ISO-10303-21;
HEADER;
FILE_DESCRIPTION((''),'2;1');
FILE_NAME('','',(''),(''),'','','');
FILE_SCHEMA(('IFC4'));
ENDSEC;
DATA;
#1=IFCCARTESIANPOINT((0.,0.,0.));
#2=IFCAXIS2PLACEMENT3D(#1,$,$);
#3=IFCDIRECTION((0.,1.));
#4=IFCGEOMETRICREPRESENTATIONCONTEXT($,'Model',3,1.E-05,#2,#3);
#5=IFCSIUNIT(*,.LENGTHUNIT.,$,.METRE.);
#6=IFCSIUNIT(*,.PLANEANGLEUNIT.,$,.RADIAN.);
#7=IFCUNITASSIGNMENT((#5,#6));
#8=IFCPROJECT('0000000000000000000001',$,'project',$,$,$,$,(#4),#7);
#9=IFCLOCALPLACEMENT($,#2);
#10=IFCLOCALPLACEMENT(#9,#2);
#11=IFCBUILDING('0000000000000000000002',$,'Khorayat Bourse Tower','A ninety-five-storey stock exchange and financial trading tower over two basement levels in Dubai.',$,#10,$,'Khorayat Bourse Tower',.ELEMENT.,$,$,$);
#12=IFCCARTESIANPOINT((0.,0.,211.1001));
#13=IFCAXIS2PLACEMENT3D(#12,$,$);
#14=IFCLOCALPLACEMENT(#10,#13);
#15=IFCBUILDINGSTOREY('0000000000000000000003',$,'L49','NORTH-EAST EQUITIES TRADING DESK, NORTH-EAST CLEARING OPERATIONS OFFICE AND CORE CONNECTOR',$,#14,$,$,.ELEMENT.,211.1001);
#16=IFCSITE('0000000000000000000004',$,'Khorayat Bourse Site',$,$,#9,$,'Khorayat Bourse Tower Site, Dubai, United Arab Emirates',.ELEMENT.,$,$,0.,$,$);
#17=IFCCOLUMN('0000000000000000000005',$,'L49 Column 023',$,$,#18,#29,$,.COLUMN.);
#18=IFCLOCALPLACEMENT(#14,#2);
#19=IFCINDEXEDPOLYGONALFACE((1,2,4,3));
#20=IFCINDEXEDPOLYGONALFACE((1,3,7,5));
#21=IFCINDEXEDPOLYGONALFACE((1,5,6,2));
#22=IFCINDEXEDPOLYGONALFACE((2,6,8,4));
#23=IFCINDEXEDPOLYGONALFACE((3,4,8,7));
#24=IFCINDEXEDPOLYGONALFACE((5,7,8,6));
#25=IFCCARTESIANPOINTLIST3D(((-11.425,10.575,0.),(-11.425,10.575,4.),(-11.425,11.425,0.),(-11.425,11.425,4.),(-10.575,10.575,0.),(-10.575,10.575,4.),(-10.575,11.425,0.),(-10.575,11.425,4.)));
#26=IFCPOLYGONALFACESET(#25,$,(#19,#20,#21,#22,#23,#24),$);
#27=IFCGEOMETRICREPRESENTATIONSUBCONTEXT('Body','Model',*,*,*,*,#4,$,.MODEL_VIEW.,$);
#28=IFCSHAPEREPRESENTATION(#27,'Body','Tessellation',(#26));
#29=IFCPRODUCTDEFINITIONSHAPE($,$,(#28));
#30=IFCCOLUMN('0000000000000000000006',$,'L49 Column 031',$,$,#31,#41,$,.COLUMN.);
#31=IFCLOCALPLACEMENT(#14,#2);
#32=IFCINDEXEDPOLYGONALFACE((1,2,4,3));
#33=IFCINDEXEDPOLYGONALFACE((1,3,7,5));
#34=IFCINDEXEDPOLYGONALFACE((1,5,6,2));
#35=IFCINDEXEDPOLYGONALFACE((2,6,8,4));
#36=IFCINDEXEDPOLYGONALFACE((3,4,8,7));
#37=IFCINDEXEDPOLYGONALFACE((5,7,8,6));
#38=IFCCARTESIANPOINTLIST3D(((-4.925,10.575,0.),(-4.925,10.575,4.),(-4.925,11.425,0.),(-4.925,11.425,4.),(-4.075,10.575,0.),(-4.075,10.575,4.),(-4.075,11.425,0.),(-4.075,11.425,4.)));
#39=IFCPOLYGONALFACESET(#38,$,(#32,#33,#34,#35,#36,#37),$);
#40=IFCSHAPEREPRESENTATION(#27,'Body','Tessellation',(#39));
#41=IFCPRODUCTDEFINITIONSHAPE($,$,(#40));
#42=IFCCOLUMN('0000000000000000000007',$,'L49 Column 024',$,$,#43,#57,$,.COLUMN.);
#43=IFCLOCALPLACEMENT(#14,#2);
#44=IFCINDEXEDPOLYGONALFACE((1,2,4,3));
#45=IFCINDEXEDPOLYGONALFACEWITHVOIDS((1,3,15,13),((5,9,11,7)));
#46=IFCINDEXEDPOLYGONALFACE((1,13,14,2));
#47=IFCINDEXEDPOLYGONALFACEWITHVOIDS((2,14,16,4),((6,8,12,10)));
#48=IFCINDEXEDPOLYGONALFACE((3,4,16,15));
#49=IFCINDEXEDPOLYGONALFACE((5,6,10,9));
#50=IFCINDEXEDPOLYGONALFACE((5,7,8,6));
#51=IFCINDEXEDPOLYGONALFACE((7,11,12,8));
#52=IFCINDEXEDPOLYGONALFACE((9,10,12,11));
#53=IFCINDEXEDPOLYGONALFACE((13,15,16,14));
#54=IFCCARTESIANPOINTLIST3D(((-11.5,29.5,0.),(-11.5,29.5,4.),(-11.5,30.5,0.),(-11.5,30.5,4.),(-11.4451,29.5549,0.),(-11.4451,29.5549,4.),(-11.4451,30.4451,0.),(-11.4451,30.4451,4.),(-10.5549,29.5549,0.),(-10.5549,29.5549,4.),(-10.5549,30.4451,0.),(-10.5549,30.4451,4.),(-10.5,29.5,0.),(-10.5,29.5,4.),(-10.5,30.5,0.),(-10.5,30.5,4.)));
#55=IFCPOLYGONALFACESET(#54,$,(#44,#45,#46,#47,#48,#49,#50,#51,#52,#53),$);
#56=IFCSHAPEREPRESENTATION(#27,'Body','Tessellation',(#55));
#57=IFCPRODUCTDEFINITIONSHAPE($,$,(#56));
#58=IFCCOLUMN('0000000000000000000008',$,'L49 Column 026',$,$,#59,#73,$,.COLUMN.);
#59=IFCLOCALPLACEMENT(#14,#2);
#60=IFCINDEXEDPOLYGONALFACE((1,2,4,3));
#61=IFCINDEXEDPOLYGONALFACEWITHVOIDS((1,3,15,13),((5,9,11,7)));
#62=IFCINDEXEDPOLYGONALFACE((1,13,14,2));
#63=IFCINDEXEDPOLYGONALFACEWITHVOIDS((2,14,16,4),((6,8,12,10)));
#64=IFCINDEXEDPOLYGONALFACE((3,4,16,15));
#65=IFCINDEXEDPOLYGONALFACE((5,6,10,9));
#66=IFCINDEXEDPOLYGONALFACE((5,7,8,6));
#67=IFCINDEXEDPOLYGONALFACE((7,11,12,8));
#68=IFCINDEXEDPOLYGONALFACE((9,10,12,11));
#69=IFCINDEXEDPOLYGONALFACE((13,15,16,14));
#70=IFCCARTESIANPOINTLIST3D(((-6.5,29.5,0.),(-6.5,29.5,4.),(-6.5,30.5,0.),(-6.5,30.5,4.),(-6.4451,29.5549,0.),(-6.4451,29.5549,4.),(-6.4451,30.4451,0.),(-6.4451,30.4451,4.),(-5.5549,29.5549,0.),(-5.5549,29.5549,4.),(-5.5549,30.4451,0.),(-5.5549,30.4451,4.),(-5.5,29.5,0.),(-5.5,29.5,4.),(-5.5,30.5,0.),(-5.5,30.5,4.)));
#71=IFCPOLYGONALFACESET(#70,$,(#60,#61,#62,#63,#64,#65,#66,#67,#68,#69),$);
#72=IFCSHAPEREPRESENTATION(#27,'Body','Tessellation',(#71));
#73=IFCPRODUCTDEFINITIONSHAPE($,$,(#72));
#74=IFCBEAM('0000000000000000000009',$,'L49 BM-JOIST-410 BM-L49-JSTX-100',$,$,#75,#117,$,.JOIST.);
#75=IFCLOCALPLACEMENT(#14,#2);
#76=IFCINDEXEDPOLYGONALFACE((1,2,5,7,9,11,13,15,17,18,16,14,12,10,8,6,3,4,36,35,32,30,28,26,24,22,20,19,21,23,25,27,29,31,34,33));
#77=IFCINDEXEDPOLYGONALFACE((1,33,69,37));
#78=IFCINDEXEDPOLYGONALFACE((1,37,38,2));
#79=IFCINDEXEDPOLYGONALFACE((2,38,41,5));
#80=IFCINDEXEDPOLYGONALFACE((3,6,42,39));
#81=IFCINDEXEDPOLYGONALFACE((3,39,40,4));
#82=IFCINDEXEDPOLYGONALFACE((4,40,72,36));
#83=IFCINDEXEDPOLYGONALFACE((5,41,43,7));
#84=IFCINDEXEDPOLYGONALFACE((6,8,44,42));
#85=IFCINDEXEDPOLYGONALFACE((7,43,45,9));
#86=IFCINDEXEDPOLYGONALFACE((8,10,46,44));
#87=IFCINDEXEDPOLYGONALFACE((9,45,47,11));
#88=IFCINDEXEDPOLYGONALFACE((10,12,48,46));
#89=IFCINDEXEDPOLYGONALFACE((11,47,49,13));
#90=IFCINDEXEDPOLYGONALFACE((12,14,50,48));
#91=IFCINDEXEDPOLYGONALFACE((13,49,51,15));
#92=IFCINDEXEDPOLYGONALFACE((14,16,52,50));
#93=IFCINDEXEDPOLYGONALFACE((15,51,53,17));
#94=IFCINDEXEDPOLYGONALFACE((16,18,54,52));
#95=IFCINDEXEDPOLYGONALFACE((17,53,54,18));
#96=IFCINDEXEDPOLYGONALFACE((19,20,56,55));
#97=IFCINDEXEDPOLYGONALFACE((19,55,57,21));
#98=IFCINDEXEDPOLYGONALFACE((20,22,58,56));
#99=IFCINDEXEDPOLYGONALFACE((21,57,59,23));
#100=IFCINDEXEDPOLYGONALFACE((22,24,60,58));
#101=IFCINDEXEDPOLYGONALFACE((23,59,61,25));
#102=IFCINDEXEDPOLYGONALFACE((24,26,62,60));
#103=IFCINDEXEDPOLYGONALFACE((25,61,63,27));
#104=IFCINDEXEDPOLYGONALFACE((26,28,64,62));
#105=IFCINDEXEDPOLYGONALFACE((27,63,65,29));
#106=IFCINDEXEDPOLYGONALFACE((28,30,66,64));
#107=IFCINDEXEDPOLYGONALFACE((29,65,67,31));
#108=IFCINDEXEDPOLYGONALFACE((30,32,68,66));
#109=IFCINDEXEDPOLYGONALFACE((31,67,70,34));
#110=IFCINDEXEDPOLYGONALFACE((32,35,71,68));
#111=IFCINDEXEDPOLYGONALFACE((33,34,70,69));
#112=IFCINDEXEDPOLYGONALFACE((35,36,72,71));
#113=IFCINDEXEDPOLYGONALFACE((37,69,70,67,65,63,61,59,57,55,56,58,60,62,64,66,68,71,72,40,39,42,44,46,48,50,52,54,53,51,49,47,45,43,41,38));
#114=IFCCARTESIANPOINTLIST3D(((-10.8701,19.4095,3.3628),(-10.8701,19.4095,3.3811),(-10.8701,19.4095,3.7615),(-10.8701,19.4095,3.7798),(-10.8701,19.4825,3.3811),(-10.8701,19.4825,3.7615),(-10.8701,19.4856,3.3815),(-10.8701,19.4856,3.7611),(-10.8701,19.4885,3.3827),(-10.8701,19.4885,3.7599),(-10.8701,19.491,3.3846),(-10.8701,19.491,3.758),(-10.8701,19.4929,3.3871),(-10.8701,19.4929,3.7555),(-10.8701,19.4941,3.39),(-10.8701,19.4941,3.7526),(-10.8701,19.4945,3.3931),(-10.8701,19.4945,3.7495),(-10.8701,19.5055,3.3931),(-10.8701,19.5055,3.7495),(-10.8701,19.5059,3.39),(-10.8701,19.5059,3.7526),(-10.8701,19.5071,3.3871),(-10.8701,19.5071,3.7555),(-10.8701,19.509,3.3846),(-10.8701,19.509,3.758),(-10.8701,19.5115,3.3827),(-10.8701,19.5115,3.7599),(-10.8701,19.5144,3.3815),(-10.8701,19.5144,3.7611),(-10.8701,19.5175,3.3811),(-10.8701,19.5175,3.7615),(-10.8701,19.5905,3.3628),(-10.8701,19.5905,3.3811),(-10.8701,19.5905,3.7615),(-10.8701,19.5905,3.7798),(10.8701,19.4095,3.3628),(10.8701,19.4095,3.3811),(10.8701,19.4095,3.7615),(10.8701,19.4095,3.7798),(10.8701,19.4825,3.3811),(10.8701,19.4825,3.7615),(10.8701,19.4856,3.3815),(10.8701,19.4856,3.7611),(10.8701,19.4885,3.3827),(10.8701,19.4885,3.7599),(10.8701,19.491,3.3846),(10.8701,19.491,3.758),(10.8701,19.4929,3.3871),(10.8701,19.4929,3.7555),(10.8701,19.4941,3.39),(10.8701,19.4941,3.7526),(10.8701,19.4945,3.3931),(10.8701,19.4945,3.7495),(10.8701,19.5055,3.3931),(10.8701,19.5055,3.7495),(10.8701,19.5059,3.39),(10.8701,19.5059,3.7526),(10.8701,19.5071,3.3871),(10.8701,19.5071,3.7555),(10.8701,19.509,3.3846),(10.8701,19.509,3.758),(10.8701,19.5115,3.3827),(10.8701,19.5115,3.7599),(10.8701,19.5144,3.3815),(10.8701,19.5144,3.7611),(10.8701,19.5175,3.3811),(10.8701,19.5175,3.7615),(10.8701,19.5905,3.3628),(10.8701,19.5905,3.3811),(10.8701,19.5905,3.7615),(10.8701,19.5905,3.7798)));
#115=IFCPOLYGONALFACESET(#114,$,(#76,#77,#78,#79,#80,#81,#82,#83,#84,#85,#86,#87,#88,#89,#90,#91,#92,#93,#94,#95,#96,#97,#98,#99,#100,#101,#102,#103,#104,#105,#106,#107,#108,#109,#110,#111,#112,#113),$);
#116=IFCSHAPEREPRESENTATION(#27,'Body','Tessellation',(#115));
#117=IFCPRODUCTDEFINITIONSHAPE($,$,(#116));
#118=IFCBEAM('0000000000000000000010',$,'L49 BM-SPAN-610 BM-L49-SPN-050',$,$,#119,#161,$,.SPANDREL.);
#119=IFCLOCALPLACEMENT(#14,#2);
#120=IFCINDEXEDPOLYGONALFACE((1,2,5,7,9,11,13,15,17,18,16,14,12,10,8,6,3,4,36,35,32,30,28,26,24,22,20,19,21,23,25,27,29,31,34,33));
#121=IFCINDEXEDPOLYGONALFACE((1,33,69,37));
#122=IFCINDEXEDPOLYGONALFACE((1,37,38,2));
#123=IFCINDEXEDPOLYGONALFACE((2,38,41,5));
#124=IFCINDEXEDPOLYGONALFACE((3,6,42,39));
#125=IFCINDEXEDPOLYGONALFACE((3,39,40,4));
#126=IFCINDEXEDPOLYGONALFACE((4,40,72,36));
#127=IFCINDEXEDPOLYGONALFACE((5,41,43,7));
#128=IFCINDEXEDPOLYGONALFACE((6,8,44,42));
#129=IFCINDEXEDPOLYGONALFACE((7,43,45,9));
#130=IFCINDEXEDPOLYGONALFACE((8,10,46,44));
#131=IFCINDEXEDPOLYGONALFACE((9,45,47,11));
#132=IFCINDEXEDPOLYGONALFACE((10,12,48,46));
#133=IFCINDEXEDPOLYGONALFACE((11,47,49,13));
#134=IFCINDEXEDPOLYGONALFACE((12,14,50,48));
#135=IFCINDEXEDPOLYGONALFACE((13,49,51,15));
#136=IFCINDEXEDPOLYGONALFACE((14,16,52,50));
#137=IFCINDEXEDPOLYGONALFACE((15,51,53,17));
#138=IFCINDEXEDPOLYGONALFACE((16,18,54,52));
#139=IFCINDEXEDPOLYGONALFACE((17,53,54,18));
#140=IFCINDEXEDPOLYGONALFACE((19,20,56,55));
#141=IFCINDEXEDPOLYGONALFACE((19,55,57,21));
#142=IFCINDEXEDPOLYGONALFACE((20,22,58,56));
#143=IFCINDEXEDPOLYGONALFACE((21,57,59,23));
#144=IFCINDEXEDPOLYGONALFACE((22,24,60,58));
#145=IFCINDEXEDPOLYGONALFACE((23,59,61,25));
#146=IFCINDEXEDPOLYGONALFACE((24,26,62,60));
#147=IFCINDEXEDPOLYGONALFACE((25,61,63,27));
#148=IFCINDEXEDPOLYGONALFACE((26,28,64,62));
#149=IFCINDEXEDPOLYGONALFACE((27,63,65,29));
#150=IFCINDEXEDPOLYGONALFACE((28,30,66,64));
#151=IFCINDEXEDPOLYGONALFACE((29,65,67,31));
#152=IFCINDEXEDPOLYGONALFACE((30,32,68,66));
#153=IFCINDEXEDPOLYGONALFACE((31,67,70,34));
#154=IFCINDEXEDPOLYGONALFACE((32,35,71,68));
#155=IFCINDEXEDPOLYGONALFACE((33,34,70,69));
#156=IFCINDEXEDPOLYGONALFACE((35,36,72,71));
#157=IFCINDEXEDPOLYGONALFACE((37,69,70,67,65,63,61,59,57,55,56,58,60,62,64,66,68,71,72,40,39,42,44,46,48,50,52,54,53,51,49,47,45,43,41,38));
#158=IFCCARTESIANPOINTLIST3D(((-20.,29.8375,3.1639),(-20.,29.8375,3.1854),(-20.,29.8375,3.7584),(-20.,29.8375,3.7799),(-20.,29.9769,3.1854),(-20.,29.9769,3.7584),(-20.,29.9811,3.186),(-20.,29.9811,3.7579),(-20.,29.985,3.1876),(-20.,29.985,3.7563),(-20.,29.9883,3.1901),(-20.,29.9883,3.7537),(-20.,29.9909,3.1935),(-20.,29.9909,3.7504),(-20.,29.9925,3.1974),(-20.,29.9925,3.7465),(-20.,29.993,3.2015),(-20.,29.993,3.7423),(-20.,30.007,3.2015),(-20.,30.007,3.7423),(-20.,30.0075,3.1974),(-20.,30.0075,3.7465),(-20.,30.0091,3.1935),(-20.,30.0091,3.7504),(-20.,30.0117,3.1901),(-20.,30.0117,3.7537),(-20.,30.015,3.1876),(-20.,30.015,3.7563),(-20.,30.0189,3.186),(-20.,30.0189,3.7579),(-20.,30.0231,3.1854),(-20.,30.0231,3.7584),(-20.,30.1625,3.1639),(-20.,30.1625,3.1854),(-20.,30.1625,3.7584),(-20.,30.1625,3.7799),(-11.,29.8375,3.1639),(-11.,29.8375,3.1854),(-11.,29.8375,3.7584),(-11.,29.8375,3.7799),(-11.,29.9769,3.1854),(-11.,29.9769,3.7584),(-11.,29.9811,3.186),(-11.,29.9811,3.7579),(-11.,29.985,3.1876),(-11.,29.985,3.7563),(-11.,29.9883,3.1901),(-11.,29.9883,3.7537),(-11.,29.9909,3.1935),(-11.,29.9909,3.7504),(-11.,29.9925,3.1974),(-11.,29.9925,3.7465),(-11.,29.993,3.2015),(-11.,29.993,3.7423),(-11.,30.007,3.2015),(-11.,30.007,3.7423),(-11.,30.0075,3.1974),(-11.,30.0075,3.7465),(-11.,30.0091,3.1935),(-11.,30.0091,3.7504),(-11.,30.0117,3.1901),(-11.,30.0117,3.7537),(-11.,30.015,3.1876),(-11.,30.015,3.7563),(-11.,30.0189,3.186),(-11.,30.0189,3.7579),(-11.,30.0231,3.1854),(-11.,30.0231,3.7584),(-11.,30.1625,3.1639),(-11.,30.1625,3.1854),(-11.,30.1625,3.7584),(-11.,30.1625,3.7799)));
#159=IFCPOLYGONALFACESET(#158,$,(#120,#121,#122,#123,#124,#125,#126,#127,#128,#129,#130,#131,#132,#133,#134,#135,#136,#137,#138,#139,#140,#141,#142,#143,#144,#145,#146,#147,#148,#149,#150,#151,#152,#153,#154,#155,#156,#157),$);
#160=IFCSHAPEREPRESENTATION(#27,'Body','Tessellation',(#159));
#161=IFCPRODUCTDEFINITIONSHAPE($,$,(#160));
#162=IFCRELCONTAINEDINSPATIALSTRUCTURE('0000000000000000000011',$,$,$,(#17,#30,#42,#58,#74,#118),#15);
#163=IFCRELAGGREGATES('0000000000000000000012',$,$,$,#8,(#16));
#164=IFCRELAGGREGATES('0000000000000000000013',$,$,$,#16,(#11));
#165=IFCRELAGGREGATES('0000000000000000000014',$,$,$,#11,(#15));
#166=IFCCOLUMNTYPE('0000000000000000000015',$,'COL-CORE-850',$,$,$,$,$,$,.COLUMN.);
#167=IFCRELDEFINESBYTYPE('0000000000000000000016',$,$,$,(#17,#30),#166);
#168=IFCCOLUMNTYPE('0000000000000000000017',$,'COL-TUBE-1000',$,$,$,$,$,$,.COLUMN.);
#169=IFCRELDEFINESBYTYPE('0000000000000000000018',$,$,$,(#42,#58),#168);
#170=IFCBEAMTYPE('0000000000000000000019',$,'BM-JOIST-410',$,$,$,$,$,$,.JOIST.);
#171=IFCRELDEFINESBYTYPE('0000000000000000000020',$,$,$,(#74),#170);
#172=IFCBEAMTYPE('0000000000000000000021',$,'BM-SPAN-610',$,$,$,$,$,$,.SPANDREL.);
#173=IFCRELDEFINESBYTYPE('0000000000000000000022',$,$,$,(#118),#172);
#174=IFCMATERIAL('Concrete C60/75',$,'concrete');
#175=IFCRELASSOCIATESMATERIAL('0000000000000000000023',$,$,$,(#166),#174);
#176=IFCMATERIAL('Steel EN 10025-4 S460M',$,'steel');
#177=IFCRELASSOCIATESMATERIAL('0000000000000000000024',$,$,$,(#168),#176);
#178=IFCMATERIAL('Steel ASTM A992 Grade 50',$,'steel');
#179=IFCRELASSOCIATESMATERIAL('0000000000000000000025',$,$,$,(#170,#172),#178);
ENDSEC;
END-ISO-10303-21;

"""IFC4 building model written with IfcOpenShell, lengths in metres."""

from ifc_helpers import new_model, si_unit, direction, frame, origin, origin_2d, place, context, subcontext, project, spatial, rectangle, hollow_rectangle, i_section, extrude, source, transform, mapped, material, material_profile, profile_set, type_object, element, save


model = new_model("IFC4")

# Units and contexts
model_context = context("Model", 3, precision=1e-05, world=origin(), true_north=direction((0.0, 1.0)))
body_context = subcontext(model_context, "Body", "Model", "MODEL_VIEW")
ifc_project = project(units=[si_unit("LENGTHUNIT", "METRE"), si_unit("PLANEANGLEUNIT", "RADIAN")], contexts=[model_context])

# Site, building, storey
site_placement = place(None, origin())
site = spatial("IfcSite", under=ifc_project, at=site_placement, Name="Khorayat Bourse Site", LongName="Khorayat Bourse Tower Site, Dubai, United Arab Emirates", CompositionType="ELEMENT", RefElevation=0.0)
building_placement = place(site_placement, origin())
building = spatial("IfcBuilding", under=site, at=building_placement, Name="Khorayat Bourse Tower", Description="A ninety-five-storey stock exchange and financial trading tower over two basement levels in Dubai.", LongName="Khorayat Bourse Tower", CompositionType="ELEMENT")
storey_placement = place(building_placement, frame((0.0, 0.0, 211.1001)))
storey = spatial("IfcBuildingStorey", under=building, at=storey_placement, Name="L49", Description="NORTH-EAST EQUITIES TRADING DESK, NORTH-EAST CLEARING OPERATIONS OFFICE AND CORE CONNECTOR", CompositionType="ELEMENT", Elevation=211.1001)

# Columns
ifc_material_1 = material(Name="Concrete C60/75", Category="concrete")
ifc_material_profile_1 = material_profile(ifc_material_1, rectangle(XDim=0.8501, YDim=0.8501, at=origin_2d()), Name="RC 850x850")
ifc_profile_set_1 = profile_set([ifc_material_profile_1], Name="Concrete C60/75")
column_type_1 = type_object("IfcColumnType", Name="COL-CORE-850", PredefinedType="COLUMN", material=ifc_profile_set_1)
shared_shape_1 = source(origin(), body_context, "Body", "SweptSolid", [
    extrude(rectangle(XDim=0.8501, YDim=0.8501, at=origin_2d()), origin(), (0.0, 0.0, 1.0), 4.0),
])
for number, where, z_axis, x_axis, name in (
    (1, (-11.0, 11.0, 0.0), (0.0, 0.0, 1.0), (1.0, 0.0, 0.0), "L49 Column 023"),
    (2, (-4.5, 11.0, 0.0), (0.0, 0.0, 1.0), (1.0, 0.0, 0.0), "L49 Column 031"),
):
    element("IfcColumn", number, at=place(storey_placement, frame(where, z_axis=z_axis, x_axis=x_axis)), inside=storey, type_object=column_type_1, Name=name, PredefinedType="COLUMN", context=body_context, shape_type="MappedRepresentation", body=[
        mapped(shared_shape_1, transform((0.0, 0.0, 0.0), scale=1.0)),
    ])
ifc_material_2 = material(Name="Steel EN 10025-4 S460M", Category="steel")
ifc_material_profile_2 = material_profile(ifc_material_2, hollow_rectangle(XDim=1.0, YDim=1.0, WallThickness=0.0549, at=origin_2d()), Name="BOX 1000x1000x55")
ifc_profile_set_2 = profile_set([ifc_material_profile_2], Name="Steel EN 10025-4 S460M")
column_type_2 = type_object("IfcColumnType", Name="COL-TUBE-1000", PredefinedType="COLUMN", material=ifc_profile_set_2)
shared_shape_2 = source(origin(), body_context, "Body", "SweptSolid", [
    extrude(hollow_rectangle(XDim=1.0, YDim=1.0, WallThickness=0.0549, at=origin_2d()), origin(), (0.0, 0.0, 1.0), 4.0),
])
for number, where, z_axis, x_axis, name in (
    (3, (-11.0, 30.0, 0.0), (0.0, 0.0, 1.0), (1.0, 0.0, 0.0), "L49 Column 024"),
    (4, (-6.0, 30.0, 0.0), (0.0, 0.0, 1.0), (1.0, 0.0, 0.0), "L49 Column 026"),
):
    element("IfcColumn", number, at=place(storey_placement, frame(where, z_axis=z_axis, x_axis=x_axis)), inside=storey, type_object=column_type_2, Name=name, PredefinedType="COLUMN", context=body_context, shape_type="MappedRepresentation", body=[
        mapped(shared_shape_2, transform((0.0, 0.0, 0.0), scale=1.0)),
    ])

# Beams
ifc_material_3 = material(Name="Steel ASTM A992 Grade 50", Category="steel")
ifc_material_profile_3 = material_profile(ifc_material_3, i_section(OverallWidth=0.1809, OverallDepth=0.417, WebThickness=0.011, FlangeThickness=0.0183, FilletRadius=0.012, at=origin_2d()), Name="W410X85")
ifc_profile_set_3 = profile_set([ifc_material_profile_3], Name="Steel ASTM A992 Grade 50")
beam_type_1 = type_object("IfcBeamType", Name="BM-JOIST-410", PredefinedType="JOIST", material=ifc_profile_set_3)
shared_shape_3 = source(origin(), body_context, "Body", "SweptSolid", [
    extrude(i_section(OverallWidth=0.1809, OverallDepth=0.417, WebThickness=0.011, FlangeThickness=0.0183, FilletRadius=0.012, at=origin_2d()), origin(), (0.0, 0.0, 1.0), 21.7402),
])
beam_1_placement = place(storey_placement, frame((-10.8701, 19.5, 3.5713), z_axis=(1.0, 0.0, 0.0), x_axis=(0.0, 1.0, 0.0)))
element("IfcBeam", 5, at=beam_1_placement, inside=storey, type_object=beam_type_1, Name="L49 BM-JOIST-410 BM-L49-JSTX-100", PredefinedType="JOIST", context=body_context, shape_type="MappedRepresentation", body=[
    mapped(shared_shape_3, transform((0.0, 0.0, 0.0), scale=1.0)),
])
ifc_material_profile_4 = material_profile(ifc_material_3, i_section(OverallWidth=0.325, OverallDepth=0.616, WebThickness=0.0139, FlangeThickness=0.0215, FilletRadius=0.0161, at=origin_2d()), Name="W610X174")
ifc_profile_set_4 = profile_set([ifc_material_profile_4], Name="Steel ASTM A992 Grade 50")
beam_type_2 = type_object("IfcBeamType", Name="BM-SPAN-610", PredefinedType="SPANDREL", material=ifc_profile_set_4)
shared_shape_4 = source(origin(), body_context, "Body", "SweptSolid", [
    extrude(i_section(OverallWidth=0.325, OverallDepth=0.616, WebThickness=0.0139, FlangeThickness=0.0215, FilletRadius=0.0161, at=origin_2d()), origin(), (0.0, 0.0, 1.0), 9.0),
])
beam_2_placement = place(storey_placement, frame((-20.0, 30.0, 3.4719), z_axis=(1.0, 0.0, 0.0), x_axis=(0.0, 1.0, 0.0)))
element("IfcBeam", 6, at=beam_2_placement, inside=storey, type_object=beam_type_2, Name="L49 BM-SPAN-610 BM-L49-SPN-050", PredefinedType="SPANDREL", context=body_context, shape_type="MappedRepresentation", body=[
    mapped(shared_shape_4, transform((0.0, 0.0, 0.0), scale=1.0)),
])

save(model, "model.ifc")
